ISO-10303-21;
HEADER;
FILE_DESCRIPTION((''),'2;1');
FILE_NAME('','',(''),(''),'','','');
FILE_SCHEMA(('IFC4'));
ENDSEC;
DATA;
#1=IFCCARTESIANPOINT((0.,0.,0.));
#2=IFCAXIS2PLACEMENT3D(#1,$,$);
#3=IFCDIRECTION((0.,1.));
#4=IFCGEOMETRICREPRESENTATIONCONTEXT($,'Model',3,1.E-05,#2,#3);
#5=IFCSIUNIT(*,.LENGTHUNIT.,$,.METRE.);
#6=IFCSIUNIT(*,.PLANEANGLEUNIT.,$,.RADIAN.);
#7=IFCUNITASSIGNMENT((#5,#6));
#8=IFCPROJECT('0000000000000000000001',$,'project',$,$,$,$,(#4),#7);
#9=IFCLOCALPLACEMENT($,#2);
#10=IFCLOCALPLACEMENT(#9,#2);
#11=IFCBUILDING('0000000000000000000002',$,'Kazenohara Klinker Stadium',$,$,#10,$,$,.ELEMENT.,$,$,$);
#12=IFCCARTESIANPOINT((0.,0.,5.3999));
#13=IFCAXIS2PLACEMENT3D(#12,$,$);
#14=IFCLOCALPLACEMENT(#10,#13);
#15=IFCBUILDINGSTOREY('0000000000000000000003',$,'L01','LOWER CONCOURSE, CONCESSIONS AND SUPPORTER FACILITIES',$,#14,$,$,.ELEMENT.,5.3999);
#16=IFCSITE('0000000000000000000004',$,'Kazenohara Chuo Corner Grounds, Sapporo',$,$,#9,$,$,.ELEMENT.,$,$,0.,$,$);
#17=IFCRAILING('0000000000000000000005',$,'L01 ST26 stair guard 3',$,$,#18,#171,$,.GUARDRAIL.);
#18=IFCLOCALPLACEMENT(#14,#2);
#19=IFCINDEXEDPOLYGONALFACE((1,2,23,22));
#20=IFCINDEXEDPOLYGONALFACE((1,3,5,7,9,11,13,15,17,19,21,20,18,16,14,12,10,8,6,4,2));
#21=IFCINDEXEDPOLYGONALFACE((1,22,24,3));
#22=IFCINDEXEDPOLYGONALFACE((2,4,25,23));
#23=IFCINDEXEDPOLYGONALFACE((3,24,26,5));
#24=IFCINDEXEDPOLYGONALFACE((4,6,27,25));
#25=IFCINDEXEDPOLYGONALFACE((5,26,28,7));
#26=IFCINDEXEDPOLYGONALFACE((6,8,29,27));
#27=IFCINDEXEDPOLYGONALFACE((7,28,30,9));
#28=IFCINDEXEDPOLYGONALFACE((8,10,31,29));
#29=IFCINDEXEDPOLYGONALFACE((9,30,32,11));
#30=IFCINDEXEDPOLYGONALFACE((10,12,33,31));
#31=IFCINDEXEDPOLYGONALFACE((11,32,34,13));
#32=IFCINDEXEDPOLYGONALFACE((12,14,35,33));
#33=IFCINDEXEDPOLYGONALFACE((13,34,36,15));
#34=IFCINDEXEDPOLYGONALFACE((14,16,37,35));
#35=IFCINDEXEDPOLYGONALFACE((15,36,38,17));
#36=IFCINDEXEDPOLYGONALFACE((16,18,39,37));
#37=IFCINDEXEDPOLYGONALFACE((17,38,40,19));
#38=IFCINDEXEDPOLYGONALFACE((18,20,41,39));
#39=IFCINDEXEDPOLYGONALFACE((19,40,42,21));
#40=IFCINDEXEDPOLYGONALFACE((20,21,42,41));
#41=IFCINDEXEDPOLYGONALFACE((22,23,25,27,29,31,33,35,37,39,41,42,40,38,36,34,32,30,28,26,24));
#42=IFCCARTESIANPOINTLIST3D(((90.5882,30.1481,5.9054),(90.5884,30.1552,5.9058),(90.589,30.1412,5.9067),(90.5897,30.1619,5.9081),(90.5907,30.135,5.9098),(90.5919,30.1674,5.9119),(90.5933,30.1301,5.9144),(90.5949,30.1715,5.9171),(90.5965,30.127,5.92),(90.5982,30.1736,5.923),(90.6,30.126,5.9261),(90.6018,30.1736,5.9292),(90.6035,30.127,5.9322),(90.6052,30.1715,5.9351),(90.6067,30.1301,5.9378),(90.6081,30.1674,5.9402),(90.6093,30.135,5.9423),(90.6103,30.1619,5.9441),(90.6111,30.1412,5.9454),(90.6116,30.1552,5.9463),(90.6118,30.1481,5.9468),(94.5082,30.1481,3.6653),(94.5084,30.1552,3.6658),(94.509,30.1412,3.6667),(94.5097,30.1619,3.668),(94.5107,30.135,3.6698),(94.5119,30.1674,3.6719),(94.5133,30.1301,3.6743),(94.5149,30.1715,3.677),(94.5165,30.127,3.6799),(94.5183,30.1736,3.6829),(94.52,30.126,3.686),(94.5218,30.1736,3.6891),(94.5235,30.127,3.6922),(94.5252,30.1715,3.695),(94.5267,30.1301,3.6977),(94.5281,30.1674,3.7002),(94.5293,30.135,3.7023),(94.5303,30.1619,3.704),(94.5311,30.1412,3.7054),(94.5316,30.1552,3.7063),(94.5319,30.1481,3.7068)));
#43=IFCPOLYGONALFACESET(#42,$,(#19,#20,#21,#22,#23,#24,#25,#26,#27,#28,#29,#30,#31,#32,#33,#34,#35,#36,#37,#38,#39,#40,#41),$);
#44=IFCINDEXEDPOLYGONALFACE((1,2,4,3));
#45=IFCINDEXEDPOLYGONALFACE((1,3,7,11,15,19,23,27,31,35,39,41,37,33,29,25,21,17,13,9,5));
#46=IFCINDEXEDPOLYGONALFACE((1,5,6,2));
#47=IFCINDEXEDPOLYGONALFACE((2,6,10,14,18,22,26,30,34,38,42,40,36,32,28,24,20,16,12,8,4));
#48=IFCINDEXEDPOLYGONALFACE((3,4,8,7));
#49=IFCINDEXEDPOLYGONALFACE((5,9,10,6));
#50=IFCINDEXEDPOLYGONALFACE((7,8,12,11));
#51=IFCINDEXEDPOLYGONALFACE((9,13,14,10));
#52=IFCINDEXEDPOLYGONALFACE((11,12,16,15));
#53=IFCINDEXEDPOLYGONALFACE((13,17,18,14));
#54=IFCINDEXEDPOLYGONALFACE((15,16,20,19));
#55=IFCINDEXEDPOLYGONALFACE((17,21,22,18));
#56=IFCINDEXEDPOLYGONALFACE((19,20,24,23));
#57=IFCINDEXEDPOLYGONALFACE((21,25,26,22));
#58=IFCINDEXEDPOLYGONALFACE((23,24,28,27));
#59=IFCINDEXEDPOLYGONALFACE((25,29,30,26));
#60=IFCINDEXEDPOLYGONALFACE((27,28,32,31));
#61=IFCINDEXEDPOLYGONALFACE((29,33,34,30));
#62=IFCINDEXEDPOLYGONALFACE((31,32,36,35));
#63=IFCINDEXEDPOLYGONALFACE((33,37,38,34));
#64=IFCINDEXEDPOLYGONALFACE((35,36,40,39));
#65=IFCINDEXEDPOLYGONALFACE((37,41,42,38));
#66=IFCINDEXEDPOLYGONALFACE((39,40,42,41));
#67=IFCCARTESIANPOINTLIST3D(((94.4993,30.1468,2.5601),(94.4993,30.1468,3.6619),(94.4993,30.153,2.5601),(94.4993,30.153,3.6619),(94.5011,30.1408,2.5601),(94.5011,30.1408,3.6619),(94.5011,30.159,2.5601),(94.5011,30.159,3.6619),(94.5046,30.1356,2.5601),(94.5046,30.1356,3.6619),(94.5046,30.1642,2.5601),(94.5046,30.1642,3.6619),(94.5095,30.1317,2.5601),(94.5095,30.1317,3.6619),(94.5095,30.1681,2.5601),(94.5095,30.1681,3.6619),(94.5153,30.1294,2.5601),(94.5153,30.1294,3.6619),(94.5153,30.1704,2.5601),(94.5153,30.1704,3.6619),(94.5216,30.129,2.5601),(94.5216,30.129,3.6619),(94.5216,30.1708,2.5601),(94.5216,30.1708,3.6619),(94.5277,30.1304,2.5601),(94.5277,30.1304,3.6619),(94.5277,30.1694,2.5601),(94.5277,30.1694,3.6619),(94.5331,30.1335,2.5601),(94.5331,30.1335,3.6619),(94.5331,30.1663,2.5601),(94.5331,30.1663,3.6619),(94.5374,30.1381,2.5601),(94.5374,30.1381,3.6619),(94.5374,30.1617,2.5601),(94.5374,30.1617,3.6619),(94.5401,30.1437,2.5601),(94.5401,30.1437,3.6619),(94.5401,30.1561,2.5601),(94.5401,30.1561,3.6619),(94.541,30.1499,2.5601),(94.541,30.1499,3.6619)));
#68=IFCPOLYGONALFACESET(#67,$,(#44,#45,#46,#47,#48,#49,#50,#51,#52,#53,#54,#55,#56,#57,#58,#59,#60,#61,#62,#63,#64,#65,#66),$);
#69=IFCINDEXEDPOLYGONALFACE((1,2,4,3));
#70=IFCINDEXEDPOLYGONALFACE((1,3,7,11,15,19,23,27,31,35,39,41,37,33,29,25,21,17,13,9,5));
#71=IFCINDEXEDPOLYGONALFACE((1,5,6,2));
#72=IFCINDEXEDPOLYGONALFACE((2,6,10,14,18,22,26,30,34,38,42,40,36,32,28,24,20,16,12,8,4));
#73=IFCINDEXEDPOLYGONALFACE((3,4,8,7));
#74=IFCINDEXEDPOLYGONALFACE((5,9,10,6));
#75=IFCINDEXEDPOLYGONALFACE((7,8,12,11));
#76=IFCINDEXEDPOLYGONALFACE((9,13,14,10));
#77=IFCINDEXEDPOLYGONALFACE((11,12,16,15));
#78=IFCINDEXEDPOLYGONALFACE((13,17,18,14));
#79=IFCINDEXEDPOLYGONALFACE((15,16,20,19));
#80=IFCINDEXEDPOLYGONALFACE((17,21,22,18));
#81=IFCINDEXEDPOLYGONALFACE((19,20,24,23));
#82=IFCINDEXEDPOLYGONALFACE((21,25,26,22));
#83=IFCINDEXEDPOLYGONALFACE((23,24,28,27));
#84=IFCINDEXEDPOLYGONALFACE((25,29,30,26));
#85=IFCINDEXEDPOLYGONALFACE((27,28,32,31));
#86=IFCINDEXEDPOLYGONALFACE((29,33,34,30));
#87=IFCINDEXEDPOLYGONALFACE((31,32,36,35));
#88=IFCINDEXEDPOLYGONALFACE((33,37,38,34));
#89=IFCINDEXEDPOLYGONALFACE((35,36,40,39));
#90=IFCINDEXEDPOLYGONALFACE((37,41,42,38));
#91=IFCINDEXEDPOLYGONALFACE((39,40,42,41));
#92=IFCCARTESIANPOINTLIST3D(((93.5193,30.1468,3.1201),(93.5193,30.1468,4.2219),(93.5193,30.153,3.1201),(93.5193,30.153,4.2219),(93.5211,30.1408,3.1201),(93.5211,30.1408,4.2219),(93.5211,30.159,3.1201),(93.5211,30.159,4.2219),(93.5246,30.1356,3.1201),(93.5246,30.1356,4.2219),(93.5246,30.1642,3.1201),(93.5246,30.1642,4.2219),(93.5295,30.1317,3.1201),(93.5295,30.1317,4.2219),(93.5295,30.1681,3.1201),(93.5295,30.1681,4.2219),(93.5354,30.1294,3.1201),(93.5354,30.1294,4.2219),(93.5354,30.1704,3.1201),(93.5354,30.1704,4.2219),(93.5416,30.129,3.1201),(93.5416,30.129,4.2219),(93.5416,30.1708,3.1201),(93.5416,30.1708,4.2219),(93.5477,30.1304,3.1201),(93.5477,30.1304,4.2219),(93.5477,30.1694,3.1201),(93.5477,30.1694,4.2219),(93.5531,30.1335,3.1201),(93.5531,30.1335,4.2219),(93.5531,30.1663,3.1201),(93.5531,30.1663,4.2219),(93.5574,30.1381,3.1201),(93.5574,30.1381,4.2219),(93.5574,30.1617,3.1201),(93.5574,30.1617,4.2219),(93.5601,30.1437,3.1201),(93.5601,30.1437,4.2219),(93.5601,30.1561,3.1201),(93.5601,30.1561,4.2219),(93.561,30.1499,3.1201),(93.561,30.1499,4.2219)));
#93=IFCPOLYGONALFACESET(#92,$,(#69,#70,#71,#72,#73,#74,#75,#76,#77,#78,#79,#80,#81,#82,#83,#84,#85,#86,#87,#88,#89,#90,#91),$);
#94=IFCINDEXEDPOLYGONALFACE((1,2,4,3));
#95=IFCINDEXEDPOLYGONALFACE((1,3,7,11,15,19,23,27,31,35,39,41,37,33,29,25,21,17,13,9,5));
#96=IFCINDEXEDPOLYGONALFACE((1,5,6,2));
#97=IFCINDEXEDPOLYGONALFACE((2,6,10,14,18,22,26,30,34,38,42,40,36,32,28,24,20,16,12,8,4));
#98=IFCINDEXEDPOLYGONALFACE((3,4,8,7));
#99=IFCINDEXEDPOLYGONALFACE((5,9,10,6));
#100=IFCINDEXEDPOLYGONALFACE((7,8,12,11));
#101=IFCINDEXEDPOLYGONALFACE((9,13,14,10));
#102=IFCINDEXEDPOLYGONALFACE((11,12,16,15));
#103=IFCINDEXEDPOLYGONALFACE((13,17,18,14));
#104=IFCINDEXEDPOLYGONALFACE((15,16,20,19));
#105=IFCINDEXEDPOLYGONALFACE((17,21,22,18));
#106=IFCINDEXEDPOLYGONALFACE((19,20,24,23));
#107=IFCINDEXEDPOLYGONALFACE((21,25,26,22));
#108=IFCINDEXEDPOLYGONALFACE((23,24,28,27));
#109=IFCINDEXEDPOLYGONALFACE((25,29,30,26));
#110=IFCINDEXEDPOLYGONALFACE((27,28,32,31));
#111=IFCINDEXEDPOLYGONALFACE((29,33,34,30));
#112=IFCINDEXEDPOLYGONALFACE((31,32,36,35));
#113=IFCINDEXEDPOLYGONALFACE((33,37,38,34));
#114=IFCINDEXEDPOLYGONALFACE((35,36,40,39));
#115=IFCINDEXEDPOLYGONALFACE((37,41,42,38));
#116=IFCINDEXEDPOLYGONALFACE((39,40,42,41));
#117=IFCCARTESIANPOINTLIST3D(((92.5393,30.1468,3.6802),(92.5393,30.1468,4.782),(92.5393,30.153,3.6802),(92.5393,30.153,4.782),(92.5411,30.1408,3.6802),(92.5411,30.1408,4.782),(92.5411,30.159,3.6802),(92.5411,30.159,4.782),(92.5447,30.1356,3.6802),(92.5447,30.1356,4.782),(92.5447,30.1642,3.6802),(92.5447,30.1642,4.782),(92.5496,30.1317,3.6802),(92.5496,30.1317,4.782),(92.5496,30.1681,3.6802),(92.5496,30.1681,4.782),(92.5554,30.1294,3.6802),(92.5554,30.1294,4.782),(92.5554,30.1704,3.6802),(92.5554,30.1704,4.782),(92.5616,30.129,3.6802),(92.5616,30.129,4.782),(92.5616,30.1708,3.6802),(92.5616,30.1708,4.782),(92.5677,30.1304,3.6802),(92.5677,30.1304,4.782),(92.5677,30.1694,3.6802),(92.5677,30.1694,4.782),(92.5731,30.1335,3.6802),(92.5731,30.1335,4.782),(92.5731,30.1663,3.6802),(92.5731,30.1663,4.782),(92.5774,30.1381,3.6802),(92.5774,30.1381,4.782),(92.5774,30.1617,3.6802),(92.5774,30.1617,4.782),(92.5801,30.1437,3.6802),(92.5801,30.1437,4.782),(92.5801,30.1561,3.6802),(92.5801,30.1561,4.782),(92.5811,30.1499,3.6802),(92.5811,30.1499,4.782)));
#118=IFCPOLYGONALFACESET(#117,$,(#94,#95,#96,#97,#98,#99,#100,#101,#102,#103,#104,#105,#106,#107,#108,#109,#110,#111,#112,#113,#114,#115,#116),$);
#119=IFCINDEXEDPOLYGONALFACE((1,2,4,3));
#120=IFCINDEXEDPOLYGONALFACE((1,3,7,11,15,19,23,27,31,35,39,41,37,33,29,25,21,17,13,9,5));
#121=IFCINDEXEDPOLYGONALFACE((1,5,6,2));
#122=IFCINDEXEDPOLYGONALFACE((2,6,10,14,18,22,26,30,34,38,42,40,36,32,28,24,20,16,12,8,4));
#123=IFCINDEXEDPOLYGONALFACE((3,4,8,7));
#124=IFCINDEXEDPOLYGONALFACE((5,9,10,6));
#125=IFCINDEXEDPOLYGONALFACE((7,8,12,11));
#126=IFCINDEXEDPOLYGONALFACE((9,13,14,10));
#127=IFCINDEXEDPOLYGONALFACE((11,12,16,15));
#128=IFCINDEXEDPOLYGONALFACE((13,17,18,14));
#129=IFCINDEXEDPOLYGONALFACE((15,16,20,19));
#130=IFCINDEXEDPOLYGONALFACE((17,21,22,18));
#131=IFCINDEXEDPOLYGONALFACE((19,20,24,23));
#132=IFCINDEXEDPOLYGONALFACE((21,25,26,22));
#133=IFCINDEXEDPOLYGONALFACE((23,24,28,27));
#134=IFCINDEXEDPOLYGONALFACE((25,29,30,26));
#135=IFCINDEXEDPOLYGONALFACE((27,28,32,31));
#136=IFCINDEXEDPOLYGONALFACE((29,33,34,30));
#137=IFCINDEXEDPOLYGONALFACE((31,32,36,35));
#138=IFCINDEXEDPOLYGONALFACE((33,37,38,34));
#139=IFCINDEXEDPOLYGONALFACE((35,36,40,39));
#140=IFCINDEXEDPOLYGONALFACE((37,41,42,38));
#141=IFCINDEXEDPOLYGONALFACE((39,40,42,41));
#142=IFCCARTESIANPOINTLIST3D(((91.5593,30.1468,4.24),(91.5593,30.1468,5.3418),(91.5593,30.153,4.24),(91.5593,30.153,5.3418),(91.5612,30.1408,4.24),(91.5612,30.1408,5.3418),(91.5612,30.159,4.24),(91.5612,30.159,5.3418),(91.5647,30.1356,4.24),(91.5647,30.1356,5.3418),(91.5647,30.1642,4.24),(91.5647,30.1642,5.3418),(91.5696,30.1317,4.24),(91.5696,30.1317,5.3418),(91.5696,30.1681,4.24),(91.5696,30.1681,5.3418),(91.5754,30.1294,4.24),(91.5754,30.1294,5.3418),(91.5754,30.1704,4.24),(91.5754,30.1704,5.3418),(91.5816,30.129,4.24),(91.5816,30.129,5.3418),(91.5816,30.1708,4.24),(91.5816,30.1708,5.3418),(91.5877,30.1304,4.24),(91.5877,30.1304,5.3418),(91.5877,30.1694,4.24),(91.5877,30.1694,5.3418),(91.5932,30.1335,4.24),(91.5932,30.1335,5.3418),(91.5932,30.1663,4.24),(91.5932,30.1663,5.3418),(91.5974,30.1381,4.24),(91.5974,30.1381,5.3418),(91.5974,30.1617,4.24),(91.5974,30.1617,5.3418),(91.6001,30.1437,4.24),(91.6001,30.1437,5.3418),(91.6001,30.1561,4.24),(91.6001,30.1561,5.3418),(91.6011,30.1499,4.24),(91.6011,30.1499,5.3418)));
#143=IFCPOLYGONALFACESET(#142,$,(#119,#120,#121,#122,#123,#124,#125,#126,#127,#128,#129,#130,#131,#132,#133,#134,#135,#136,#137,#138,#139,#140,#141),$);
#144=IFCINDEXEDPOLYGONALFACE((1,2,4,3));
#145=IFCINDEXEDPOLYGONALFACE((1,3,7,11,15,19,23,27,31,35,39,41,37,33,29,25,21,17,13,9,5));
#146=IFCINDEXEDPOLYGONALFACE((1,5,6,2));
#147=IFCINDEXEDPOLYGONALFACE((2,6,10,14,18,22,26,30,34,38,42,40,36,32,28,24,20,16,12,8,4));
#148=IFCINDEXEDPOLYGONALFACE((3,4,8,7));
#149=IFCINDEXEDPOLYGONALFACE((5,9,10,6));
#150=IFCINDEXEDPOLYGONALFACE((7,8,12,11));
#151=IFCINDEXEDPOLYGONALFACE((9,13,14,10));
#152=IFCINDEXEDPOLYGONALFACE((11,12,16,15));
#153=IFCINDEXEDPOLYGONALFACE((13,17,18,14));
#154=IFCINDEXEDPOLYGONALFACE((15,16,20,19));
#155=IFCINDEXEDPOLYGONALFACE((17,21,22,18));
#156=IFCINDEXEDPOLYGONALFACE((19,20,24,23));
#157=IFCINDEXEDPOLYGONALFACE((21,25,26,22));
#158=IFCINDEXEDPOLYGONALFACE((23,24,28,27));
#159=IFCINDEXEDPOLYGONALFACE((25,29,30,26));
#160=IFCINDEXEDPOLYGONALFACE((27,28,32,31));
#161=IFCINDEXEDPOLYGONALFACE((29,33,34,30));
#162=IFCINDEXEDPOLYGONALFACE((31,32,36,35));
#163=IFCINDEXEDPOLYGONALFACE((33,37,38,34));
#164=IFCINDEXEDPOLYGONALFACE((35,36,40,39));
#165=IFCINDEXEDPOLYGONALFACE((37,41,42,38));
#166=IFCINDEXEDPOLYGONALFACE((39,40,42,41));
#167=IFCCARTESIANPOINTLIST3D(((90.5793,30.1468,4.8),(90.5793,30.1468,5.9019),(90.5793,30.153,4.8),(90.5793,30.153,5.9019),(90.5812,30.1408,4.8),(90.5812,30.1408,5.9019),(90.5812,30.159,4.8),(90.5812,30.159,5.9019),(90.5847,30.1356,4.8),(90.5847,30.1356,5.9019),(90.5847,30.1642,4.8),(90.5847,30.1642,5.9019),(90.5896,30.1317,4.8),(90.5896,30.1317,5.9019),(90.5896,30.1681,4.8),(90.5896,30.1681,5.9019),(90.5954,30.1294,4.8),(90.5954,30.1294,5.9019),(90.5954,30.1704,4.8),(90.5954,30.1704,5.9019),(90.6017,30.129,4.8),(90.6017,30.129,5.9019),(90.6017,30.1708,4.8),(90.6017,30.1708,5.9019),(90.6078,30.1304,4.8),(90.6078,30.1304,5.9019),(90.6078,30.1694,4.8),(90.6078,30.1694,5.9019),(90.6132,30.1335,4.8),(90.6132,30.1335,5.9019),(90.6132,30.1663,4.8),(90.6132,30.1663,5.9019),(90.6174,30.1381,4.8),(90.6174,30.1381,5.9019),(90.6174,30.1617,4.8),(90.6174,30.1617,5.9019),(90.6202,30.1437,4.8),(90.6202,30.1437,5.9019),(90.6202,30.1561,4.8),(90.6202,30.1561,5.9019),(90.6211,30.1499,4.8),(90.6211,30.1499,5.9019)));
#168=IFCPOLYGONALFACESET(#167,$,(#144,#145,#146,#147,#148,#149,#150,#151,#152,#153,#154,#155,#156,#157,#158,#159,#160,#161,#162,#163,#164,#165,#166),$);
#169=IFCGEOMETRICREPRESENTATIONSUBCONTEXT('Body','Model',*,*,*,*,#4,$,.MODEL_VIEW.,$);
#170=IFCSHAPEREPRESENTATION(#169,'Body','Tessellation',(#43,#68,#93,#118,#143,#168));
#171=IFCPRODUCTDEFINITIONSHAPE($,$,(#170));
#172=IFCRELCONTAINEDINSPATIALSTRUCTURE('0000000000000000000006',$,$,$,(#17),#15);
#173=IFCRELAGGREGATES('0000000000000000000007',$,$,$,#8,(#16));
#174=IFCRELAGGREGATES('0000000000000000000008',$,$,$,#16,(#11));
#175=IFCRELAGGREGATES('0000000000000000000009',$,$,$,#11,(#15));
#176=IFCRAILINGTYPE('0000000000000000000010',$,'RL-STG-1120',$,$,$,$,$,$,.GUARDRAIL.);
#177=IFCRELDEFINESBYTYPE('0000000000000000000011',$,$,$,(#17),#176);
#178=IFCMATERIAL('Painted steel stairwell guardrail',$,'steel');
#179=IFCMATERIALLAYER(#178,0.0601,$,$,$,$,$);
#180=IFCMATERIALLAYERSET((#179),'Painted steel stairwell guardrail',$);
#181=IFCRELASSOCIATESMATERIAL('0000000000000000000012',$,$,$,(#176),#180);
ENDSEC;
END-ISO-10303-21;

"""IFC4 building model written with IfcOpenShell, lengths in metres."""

from ifc_helpers import new_model, si_unit, direction, frame, origin, origin_2d, place, context, subcontext, project, spatial, circle, extrude, material, layer, layer_set, type_object, element, save


model = new_model("IFC4")

# Units and contexts
model_context = context("Model", 3, precision=1e-05, world=origin(), true_north=direction((0.0, 1.0)))
body_context = subcontext(model_context, "Body", "Model", "MODEL_VIEW")
ifc_project = project(units=[si_unit("LENGTHUNIT", "METRE"), si_unit("PLANEANGLEUNIT", "RADIAN")], contexts=[model_context])

# Site, building, storey
site_placement = place(None, origin())
site = spatial("IfcSite", under=ifc_project, at=site_placement, Name="Kazenohara Chuo Corner Grounds, Sapporo", CompositionType="ELEMENT", RefElevation=0.0)
building_placement = place(site_placement, origin())
building = spatial("IfcBuilding", under=site, at=building_placement, Name="Kazenohara Klinker Stadium", CompositionType="ELEMENT")
storey_placement = place(building_placement, frame((0.0, 0.0, 5.3999)))
storey = spatial("IfcBuildingStorey", under=building, at=storey_placement, Name="L01", Description="LOWER CONCOURSE, CONCESSIONS AND SUPPORTER FACILITIES", CompositionType="ELEMENT", Elevation=5.3999)

# Railing
ifc_material_1 = material(Name="Painted steel stairwell guardrail", Category="steel")
ifc_layer_1 = layer(ifc_material_1, 0.0601)
ifc_layer_set_1 = layer_set([ifc_layer_1], Name="Painted steel stairwell guardrail")
railing_type_1 = type_object("IfcRailingType", Name="RL-STG-1120", PredefinedType="GUARDRAIL", material=ifc_layer_set_1)
railing_1_placement = place(storey_placement, frame((94.52, 30.1499, 2.5601)))
element("IfcRailing", 1, at=railing_1_placement, inside=storey, type_object=railing_type_1, Name="L01 ST26 stair guard 3", PredefinedType="GUARDRAIL", context=body_context, shape_type="SweptSolid", body=[
    extrude(circle(Radius=0.0239, at=origin_2d()), frame((0.0, 0.0, 1.126), z_axis=(-0.86824, 0.0, 0.496145), x_axis=(0.0, -1.0, 0.0)), (0.0, 0.0, 1.0), 4.5149),
    extrude(circle(Radius=0.021, at=origin_2d()), origin(), (0.0, 0.0, 1.0), 1.1018),
    extrude(circle(Radius=0.021, at=origin_2d()), frame((-0.98, 0.0, 0.5601)), (0.0, 0.0, 1.0), 1.1018),
    extrude(circle(Radius=0.021, at=origin_2d()), frame((-1.96, 0.0, 1.1201)), (0.0, 0.0, 1.0), 1.1018),
    extrude(circle(Radius=0.021, at=origin_2d()), frame((-2.9399, 0.0, 1.6799)), (0.0, 0.0, 1.0), 1.1018),
    extrude(circle(Radius=0.021, at=origin_2d()), frame((-3.9199, 0.0, 2.24)), (0.0, 0.0, 1.0), 1.1018),
])

save(model, "model.ifc")
